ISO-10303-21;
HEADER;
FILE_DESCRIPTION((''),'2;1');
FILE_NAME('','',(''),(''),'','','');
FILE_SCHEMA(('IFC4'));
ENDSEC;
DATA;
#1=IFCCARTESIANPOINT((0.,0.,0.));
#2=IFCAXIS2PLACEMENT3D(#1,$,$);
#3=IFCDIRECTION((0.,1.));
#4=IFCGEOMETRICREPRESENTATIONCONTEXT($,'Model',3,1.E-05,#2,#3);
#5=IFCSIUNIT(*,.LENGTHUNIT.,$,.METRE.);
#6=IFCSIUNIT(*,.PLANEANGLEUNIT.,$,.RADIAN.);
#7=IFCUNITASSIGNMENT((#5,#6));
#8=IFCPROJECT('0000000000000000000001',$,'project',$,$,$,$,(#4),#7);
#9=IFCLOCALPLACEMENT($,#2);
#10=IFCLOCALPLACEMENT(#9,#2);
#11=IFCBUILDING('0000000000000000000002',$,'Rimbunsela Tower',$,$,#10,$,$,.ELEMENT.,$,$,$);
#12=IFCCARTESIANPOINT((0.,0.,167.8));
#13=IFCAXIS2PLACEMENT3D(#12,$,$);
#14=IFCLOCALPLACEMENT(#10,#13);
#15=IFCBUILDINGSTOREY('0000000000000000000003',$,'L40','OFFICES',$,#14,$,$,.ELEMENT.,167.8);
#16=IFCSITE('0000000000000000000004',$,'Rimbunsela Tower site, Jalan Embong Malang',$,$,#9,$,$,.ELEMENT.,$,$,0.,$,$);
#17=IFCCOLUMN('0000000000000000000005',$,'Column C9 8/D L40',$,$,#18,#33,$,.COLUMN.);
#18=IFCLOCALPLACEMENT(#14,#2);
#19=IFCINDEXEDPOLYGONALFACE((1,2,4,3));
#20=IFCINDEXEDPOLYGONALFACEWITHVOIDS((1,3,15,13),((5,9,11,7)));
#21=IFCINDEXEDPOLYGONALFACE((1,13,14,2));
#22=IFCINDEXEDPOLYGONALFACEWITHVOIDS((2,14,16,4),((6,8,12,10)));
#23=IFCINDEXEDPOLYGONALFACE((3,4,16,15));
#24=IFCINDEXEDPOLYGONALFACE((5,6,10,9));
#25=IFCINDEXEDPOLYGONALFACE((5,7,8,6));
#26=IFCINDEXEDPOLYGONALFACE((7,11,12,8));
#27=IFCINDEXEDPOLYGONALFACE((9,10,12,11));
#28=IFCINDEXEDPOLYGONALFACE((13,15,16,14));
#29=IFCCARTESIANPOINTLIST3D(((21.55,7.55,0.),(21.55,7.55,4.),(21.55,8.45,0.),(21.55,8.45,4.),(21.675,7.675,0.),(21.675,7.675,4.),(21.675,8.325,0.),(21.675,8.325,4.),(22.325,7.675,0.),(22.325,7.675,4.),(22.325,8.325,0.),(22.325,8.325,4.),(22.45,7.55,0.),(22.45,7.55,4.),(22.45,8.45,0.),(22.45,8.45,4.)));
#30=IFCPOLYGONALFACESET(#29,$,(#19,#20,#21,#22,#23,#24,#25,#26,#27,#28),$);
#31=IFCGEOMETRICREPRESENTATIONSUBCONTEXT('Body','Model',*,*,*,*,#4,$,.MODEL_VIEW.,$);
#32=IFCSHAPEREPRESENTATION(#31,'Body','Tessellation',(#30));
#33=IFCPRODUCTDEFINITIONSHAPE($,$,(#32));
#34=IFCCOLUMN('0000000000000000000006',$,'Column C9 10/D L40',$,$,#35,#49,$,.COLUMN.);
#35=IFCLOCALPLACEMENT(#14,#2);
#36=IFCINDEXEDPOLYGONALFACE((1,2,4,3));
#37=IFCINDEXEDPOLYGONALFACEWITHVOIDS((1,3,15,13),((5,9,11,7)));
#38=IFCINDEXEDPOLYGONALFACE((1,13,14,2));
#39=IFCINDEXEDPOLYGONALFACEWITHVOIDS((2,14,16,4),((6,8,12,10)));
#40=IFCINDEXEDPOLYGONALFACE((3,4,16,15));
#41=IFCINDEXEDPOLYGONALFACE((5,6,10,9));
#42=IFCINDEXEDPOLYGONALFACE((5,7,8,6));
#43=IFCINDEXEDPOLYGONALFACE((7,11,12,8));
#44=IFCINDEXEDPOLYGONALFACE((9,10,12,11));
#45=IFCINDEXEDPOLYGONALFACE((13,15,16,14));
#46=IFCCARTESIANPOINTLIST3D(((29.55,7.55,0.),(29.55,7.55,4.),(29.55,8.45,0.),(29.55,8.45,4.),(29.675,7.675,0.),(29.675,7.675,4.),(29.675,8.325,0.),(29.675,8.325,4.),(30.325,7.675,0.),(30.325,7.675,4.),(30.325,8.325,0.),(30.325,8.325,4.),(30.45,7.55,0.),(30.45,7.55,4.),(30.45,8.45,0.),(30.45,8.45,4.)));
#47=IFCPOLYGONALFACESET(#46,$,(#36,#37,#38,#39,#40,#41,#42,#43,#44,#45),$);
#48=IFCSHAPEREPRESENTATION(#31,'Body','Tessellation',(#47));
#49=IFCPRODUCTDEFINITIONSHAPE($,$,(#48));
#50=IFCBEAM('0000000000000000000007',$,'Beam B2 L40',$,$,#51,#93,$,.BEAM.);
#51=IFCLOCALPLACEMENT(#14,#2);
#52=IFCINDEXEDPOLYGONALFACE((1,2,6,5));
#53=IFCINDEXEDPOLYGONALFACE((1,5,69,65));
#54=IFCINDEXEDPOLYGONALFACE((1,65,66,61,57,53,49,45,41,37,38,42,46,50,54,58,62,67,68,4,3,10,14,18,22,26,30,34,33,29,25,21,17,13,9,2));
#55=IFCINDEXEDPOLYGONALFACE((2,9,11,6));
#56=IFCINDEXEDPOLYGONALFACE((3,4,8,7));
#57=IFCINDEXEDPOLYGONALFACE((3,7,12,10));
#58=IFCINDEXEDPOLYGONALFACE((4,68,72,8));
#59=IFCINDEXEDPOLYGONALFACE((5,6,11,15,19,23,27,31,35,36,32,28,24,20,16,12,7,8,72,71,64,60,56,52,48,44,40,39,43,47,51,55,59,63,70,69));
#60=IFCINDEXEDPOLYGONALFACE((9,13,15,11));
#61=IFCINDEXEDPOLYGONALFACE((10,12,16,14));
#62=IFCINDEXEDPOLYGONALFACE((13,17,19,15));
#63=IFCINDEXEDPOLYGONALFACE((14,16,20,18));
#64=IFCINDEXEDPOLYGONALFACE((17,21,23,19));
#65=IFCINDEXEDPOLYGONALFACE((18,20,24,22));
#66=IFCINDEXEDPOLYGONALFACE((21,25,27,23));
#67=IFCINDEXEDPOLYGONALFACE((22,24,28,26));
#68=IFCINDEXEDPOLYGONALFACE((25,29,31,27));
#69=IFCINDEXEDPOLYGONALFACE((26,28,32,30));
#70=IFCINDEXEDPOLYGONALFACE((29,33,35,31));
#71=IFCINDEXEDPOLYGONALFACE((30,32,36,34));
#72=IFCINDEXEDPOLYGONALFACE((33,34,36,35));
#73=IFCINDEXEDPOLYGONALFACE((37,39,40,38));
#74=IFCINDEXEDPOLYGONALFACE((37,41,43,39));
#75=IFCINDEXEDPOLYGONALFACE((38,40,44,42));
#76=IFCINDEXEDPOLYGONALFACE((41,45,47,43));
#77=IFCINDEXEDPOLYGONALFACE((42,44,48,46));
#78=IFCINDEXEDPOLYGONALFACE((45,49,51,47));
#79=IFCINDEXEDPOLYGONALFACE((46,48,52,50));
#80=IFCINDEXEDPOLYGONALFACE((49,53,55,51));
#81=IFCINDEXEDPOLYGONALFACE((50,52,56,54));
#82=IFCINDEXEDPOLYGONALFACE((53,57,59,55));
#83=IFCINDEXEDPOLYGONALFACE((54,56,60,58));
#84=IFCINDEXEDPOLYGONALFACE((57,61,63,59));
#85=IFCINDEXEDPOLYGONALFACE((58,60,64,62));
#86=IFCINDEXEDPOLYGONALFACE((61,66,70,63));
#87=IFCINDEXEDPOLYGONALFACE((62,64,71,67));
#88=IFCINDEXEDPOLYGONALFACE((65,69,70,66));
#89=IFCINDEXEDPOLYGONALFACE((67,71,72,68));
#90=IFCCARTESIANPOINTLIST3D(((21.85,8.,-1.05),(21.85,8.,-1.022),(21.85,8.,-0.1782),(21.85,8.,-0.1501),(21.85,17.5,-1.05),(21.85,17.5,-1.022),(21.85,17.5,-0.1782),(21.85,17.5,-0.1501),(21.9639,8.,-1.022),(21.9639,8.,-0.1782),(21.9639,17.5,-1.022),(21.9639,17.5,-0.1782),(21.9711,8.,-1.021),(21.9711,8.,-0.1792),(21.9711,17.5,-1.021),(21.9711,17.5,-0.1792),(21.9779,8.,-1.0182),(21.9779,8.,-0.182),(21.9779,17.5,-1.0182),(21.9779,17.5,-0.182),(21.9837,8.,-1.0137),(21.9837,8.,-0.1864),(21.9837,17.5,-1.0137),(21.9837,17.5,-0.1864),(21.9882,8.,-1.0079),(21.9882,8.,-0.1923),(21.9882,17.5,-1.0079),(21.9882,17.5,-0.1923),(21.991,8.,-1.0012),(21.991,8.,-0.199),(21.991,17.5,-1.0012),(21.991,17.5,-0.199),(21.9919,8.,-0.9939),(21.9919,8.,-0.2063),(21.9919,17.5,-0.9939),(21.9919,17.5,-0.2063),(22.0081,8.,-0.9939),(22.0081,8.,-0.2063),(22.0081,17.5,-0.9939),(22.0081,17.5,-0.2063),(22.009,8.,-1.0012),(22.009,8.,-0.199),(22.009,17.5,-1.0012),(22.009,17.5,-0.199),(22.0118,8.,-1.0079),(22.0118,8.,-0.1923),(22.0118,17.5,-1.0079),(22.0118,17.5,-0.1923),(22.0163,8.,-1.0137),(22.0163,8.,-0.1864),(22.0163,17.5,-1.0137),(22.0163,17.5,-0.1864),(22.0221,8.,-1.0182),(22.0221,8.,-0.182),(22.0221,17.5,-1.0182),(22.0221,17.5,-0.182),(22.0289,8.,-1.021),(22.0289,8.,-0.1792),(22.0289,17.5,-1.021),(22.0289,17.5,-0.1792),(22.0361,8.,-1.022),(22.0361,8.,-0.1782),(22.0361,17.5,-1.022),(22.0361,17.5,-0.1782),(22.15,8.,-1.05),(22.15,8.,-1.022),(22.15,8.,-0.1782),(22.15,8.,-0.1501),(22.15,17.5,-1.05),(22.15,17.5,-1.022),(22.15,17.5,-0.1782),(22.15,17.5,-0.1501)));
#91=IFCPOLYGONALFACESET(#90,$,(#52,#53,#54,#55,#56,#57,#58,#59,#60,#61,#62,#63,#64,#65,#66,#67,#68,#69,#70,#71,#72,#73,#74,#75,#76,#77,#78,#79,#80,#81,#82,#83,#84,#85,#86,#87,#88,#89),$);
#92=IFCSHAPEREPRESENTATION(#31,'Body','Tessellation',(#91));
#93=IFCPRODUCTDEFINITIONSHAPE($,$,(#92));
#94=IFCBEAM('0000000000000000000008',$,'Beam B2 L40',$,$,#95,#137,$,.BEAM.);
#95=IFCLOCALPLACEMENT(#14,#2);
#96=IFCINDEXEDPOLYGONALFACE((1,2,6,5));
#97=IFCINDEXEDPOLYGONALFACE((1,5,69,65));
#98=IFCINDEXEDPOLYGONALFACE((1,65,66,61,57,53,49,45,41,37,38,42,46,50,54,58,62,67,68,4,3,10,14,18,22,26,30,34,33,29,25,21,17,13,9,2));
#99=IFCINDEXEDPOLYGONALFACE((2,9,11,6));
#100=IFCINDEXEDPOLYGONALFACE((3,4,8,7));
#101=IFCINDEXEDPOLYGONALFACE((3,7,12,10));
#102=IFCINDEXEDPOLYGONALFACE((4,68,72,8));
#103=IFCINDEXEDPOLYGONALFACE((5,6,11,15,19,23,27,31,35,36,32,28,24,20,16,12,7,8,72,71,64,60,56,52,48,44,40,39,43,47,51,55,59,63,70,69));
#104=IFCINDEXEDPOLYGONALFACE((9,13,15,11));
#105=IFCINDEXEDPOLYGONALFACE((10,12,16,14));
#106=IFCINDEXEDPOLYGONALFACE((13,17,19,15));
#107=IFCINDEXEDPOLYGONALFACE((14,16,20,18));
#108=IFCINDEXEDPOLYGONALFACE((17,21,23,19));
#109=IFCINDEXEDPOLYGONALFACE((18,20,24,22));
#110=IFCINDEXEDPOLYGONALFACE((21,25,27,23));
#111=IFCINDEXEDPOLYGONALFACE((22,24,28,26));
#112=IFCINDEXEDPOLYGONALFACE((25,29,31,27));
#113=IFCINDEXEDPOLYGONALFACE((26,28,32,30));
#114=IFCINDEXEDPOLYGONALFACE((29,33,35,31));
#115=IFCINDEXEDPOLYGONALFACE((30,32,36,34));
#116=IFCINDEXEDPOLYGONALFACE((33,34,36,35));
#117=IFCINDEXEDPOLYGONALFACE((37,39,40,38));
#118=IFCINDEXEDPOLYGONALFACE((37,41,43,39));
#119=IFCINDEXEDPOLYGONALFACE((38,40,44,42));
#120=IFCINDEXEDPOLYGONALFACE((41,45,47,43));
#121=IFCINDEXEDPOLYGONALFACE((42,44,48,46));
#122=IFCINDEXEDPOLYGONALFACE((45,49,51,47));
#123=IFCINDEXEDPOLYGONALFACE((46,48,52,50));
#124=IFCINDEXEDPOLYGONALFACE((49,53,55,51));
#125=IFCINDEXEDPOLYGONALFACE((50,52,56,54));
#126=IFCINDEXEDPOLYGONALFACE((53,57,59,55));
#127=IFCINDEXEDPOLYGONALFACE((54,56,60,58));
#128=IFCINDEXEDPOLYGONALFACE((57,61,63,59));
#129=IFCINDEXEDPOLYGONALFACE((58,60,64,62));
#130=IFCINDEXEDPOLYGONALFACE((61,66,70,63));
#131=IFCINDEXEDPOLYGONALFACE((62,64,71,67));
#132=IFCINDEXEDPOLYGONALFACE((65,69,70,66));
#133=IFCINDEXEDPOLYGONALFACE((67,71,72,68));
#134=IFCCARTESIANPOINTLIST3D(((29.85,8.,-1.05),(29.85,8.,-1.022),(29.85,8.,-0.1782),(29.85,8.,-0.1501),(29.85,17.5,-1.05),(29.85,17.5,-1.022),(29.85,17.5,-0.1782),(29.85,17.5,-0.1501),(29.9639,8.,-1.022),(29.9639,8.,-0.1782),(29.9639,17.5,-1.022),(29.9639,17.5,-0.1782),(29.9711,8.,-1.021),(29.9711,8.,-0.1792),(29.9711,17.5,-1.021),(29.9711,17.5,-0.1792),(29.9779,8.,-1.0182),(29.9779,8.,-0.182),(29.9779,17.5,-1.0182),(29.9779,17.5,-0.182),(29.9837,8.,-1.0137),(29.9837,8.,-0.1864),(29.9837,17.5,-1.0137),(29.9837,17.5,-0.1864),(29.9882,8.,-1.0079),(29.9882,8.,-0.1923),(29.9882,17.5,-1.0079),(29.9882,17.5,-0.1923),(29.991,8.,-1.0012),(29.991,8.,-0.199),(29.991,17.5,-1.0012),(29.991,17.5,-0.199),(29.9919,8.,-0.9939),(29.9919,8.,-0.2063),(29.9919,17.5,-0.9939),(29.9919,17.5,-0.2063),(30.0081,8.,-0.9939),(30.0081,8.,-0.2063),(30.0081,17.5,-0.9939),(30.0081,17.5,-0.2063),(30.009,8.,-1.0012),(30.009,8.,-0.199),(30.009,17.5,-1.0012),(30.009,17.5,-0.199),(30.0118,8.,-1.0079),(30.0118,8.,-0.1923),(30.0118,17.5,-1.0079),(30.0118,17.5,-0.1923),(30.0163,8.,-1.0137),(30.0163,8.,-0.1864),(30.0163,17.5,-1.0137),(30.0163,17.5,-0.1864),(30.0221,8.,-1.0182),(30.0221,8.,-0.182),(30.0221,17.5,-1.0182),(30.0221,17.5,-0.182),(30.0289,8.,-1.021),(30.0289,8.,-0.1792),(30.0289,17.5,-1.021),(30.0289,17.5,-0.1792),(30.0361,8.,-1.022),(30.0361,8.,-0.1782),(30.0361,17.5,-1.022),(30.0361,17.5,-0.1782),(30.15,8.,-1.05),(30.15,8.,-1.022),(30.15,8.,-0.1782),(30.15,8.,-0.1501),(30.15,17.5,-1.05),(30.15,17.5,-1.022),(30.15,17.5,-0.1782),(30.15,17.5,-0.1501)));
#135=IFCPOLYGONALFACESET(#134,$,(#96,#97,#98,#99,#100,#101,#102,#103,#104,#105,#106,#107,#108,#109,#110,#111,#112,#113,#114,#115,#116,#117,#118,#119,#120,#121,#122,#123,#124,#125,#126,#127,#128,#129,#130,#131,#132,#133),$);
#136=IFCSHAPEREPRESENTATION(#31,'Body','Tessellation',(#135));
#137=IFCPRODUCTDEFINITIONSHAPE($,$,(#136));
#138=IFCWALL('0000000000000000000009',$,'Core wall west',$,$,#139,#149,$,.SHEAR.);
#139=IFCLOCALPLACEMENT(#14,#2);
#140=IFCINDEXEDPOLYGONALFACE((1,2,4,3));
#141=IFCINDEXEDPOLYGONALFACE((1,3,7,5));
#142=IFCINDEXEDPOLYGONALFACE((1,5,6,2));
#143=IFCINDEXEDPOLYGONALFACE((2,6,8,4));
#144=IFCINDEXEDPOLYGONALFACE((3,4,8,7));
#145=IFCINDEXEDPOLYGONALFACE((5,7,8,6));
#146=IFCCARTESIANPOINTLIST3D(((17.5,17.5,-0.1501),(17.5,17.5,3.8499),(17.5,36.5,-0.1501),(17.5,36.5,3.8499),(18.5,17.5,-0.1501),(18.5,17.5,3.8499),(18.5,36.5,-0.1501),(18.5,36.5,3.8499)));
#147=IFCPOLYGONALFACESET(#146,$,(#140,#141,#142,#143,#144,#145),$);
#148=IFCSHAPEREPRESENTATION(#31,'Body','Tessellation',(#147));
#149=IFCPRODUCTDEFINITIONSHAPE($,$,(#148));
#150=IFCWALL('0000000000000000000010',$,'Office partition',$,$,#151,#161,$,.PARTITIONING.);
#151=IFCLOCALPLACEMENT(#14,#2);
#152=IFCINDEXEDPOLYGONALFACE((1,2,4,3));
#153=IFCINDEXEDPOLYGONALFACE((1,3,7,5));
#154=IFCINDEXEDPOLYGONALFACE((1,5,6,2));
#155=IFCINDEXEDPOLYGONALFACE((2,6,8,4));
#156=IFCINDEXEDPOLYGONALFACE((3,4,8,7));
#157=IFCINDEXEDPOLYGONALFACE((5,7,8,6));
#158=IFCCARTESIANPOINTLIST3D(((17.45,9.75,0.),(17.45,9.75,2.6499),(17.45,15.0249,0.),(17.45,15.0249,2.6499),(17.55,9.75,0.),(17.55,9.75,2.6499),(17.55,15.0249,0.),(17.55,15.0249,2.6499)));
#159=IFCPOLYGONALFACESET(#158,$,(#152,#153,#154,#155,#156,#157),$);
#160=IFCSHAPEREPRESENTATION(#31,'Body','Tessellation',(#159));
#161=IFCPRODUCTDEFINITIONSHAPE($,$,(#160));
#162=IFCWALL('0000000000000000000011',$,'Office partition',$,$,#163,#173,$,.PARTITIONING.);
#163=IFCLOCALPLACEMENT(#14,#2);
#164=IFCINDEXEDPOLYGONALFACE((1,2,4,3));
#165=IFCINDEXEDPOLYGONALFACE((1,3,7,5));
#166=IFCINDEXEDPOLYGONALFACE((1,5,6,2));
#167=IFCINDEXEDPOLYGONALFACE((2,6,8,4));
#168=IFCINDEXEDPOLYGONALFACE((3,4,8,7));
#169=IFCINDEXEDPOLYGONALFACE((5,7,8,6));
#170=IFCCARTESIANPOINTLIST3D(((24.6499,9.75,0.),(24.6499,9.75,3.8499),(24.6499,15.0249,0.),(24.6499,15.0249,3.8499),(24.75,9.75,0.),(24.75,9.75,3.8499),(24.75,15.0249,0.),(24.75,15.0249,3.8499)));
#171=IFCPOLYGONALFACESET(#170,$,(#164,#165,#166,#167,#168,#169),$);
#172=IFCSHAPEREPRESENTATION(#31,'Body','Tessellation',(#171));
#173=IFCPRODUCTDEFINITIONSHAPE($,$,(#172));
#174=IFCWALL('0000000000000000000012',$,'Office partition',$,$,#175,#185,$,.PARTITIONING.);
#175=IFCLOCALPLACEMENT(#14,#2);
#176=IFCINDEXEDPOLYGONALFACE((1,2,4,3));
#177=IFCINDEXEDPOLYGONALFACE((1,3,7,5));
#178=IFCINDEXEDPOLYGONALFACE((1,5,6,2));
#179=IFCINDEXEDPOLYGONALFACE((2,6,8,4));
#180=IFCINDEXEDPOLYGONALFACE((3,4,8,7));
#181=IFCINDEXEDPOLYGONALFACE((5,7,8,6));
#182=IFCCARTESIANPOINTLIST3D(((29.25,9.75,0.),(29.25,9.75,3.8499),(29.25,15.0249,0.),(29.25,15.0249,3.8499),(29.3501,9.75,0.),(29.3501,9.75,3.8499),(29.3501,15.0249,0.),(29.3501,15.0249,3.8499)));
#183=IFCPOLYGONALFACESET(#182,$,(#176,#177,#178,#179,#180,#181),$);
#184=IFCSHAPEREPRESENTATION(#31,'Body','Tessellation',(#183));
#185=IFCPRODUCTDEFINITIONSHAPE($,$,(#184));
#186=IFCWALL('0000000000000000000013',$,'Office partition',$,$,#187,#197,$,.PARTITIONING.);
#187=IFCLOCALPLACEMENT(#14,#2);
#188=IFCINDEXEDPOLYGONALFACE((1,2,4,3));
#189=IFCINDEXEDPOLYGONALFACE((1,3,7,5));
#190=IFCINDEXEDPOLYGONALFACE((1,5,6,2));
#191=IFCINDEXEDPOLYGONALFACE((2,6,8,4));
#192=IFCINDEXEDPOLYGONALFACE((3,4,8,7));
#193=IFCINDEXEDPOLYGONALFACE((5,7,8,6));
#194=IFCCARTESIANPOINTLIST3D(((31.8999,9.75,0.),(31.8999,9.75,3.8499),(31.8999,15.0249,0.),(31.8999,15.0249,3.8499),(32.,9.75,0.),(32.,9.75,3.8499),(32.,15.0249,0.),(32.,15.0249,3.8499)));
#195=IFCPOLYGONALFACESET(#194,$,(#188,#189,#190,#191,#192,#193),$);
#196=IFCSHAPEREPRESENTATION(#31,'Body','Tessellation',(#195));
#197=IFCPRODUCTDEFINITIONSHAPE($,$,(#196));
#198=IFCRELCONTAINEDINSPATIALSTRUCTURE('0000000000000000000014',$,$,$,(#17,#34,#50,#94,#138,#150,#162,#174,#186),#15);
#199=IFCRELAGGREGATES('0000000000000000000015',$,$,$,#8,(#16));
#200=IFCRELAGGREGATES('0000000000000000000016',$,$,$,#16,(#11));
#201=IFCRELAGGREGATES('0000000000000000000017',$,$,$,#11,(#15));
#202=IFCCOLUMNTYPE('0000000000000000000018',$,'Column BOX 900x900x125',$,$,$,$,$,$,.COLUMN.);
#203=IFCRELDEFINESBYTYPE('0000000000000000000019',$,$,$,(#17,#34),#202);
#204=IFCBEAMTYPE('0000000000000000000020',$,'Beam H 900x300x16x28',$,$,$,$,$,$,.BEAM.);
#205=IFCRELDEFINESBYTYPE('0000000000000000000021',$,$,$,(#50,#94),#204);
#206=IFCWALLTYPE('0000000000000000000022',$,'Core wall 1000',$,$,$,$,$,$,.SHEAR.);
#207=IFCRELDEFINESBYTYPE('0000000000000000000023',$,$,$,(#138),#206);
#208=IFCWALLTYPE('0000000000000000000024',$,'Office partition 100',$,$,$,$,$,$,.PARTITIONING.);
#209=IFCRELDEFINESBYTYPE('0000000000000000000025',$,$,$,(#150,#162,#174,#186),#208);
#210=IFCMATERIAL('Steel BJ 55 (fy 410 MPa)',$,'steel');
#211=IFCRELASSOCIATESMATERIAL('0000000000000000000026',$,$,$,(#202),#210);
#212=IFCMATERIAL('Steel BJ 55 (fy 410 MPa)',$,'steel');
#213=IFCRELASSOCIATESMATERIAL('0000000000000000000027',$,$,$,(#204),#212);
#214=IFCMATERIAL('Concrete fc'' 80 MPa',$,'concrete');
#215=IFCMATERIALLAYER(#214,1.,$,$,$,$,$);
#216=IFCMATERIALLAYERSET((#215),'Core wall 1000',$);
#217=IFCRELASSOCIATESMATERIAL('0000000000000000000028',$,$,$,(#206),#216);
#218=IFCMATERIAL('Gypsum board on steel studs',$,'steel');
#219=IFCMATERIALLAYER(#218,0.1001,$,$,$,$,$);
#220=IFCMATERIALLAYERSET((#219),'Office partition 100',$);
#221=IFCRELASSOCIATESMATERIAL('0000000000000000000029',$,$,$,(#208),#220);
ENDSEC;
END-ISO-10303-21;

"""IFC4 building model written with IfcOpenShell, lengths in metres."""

from ifc_helpers import new_model, si_unit, direction, frame, frame_2d, origin, origin_2d, place, context, subcontext, project, spatial, rectangle, hollow_rectangle, i_section, extrude, material, layer, layer_set, material_profile, profile_set, type_object, element, save


model = new_model("IFC4")

# Units and contexts
model_context = context("Model", 3, precision=1e-05, world=origin(), true_north=direction((0.0, 1.0)))
body_context = subcontext(model_context, "Body", "Model", "MODEL_VIEW")
ifc_project = project(units=[si_unit("LENGTHUNIT", "METRE"), si_unit("PLANEANGLEUNIT", "RADIAN")], contexts=[model_context])

# Site, building, storey
site_placement = place(None, origin())
site = spatial("IfcSite", under=ifc_project, at=site_placement, Name="Rimbunsela Tower site, Jalan Embong Malang", CompositionType="ELEMENT", RefElevation=0.0)
building_placement = place(site_placement, origin())
building = spatial("IfcBuilding", under=site, at=building_placement, Name="Rimbunsela Tower", CompositionType="ELEMENT")
storey_placement = place(building_placement, frame((0.0, 0.0, 167.8)))
storey = spatial("IfcBuildingStorey", under=building, at=storey_placement, Name="L40", Description="OFFICES", CompositionType="ELEMENT", Elevation=167.8)

# Columns
ifc_material_1 = material(Name="Steel BJ 55 (fy 410 MPa)", Category="steel")
ifc_material_profile_1 = material_profile(ifc_material_1, hollow_rectangle(XDim=0.8999, YDim=0.8999, WallThickness=0.125, at=origin_2d()), Name="BOX 900x900x125")
ifc_profile_set_1 = profile_set([ifc_material_profile_1], Name="Steel BJ 55 (fy 410 MPa)")
column_type = type_object("IfcColumnType", Name="Column BOX 900x900x125", PredefinedType="COLUMN", material=ifc_profile_set_1)
for number, where, z_axis, x_axis, name in (
    (1, (22.0, 8.0, 0.0), (0.0, 0.0, 1.0), (1.0, 0.0, 0.0), "Column C9 8/D L40"),
    (2, (30.0, 8.0, 0.0), (0.0, 0.0, 1.0), (1.0, 0.0, 0.0), "Column C9 10/D L40"),
):
    element("IfcColumn", number, at=place(storey_placement, frame(where, z_axis=z_axis, x_axis=x_axis)), inside=storey, type_object=column_type, Name=name, PredefinedType="COLUMN", context=body_context, shape_type="SweptSolid", body=[
        extrude(hollow_rectangle(XDim=0.8999, YDim=0.8999, WallThickness=0.125, at=origin_2d()), origin(), (0.0, 0.0, 1.0), 4.0),
    ])

# Beams
ifc_material_2 = material(Name="Steel BJ 55 (fy 410 MPa)", Category="steel")
ifc_material_profile_2 = material_profile(ifc_material_2, i_section(OverallWidth=0.3, OverallDepth=0.8999, WebThickness=0.0161, FlangeThickness=0.0281, FilletRadius=0.0281, at=origin_2d()), Name="H 900x300x16x28")
ifc_profile_set_2 = profile_set([ifc_material_profile_2], Name="Steel BJ 55 (fy 410 MPa)")
beam_type = type_object("IfcBeamType", Name="Beam H 900x300x16x28", PredefinedType="BEAM", material=ifc_profile_set_2)
for number, where, z_axis, x_axis, name in (
    (3, (22.0, 8.0, -0.6001), (0.0, 1.0, 0.0), (-1.0, 0.0, 0.0), "Beam B2 L40"),
    (4, (30.0, 8.0, -0.6001), (0.0, 1.0, 0.0), (-1.0, 0.0, 0.0), "Beam B2 L40"),
):
    element("IfcBeam", number, at=place(storey_placement, frame(where, z_axis=z_axis, x_axis=x_axis)), inside=storey, type_object=beam_type, Name=name, PredefinedType="BEAM", context=body_context, shape_type="SweptSolid", body=[
        extrude(i_section(OverallWidth=0.3, OverallDepth=0.8999, WebThickness=0.0161, FlangeThickness=0.0281, FilletRadius=0.0281, at=origin_2d()), origin(), (0.0, 0.0, 1.0), 9.5),
    ])

# Walls
ifc_material_3 = material(Name="Concrete fc' 80 MPa", Category="concrete")
ifc_layer_1 = layer(ifc_material_3, 1.0)
ifc_layer_set_1 = layer_set([ifc_layer_1], Name="Core wall 1000")
wall_type_1 = type_object("IfcWallType", Name="Core wall 1000", PredefinedType="SHEAR", material=ifc_layer_set_1)
wall_1_placement = place(storey_placement, frame((18.0, 17.5, -0.1501), z_axis=(0.0, 0.0, 1.0), x_axis=(0.0, 1.0, 0.0)))
element("IfcWall", 5, at=wall_1_placement, inside=storey, type_object=wall_type_1, Name="Core wall west", PredefinedType="SHEAR", context=body_context, shape_type="SweptSolid", body=[
    extrude(rectangle(XDim=19.0, YDim=1.0, at=frame_2d((9.5, 0.0))), origin(), (0.0, 0.0, 1.0), 4.0),
])
ifc_material_4 = material(Name="Gypsum board on steel studs", Category="steel")
ifc_layer_2 = layer(ifc_material_4, 0.1001)
ifc_layer_set_2 = layer_set([ifc_layer_2], Name="Office partition 100")
wall_type_2 = type_object("IfcWallType", Name="Office partition 100", PredefinedType="PARTITIONING", material=ifc_layer_set_2)
wall_2_placement = place(storey_placement, frame((17.5, 9.75, 0.0), z_axis=(0.0, 0.0, 1.0), x_axis=(0.0, 1.0, 0.0)))
element("IfcWall", 6, at=wall_2_placement, inside=storey, type_object=wall_type_2, Name="Office partition", PredefinedType="PARTITIONING", context=body_context, shape_type="SweptSolid", body=[
    extrude(rectangle(XDim=5.2749, YDim=0.1001, at=frame_2d((2.6375, 0.0))), origin(), (0.0, 0.0, 1.0), 2.6499),
])
for number, where, z_axis, x_axis, name in (
    (7, (24.7, 9.75, 0.0), (0.0, 0.0, 1.0), (0.0, 1.0, 0.0), "Office partition"),
    (8, (29.3, 9.75, 0.0), (0.0, 0.0, 1.0), (0.0, 1.0, 0.0), "Office partition"),
    (9, (31.95, 9.75, 0.0), (0.0, 0.0, 1.0), (0.0, 1.0, 0.0), "Office partition"),
):
    element("IfcWall", number, at=place(storey_placement, frame(where, z_axis=z_axis, x_axis=x_axis)), inside=storey, type_object=wall_type_2, Name=name, PredefinedType="PARTITIONING", context=body_context, shape_type="SweptSolid", body=[
        extrude(rectangle(XDim=5.2749, YDim=0.1001, at=frame_2d((2.6375, 0.0))), origin(), (0.0, 0.0, 1.0), 3.8499),
    ])

save(model, "model.ifc")
